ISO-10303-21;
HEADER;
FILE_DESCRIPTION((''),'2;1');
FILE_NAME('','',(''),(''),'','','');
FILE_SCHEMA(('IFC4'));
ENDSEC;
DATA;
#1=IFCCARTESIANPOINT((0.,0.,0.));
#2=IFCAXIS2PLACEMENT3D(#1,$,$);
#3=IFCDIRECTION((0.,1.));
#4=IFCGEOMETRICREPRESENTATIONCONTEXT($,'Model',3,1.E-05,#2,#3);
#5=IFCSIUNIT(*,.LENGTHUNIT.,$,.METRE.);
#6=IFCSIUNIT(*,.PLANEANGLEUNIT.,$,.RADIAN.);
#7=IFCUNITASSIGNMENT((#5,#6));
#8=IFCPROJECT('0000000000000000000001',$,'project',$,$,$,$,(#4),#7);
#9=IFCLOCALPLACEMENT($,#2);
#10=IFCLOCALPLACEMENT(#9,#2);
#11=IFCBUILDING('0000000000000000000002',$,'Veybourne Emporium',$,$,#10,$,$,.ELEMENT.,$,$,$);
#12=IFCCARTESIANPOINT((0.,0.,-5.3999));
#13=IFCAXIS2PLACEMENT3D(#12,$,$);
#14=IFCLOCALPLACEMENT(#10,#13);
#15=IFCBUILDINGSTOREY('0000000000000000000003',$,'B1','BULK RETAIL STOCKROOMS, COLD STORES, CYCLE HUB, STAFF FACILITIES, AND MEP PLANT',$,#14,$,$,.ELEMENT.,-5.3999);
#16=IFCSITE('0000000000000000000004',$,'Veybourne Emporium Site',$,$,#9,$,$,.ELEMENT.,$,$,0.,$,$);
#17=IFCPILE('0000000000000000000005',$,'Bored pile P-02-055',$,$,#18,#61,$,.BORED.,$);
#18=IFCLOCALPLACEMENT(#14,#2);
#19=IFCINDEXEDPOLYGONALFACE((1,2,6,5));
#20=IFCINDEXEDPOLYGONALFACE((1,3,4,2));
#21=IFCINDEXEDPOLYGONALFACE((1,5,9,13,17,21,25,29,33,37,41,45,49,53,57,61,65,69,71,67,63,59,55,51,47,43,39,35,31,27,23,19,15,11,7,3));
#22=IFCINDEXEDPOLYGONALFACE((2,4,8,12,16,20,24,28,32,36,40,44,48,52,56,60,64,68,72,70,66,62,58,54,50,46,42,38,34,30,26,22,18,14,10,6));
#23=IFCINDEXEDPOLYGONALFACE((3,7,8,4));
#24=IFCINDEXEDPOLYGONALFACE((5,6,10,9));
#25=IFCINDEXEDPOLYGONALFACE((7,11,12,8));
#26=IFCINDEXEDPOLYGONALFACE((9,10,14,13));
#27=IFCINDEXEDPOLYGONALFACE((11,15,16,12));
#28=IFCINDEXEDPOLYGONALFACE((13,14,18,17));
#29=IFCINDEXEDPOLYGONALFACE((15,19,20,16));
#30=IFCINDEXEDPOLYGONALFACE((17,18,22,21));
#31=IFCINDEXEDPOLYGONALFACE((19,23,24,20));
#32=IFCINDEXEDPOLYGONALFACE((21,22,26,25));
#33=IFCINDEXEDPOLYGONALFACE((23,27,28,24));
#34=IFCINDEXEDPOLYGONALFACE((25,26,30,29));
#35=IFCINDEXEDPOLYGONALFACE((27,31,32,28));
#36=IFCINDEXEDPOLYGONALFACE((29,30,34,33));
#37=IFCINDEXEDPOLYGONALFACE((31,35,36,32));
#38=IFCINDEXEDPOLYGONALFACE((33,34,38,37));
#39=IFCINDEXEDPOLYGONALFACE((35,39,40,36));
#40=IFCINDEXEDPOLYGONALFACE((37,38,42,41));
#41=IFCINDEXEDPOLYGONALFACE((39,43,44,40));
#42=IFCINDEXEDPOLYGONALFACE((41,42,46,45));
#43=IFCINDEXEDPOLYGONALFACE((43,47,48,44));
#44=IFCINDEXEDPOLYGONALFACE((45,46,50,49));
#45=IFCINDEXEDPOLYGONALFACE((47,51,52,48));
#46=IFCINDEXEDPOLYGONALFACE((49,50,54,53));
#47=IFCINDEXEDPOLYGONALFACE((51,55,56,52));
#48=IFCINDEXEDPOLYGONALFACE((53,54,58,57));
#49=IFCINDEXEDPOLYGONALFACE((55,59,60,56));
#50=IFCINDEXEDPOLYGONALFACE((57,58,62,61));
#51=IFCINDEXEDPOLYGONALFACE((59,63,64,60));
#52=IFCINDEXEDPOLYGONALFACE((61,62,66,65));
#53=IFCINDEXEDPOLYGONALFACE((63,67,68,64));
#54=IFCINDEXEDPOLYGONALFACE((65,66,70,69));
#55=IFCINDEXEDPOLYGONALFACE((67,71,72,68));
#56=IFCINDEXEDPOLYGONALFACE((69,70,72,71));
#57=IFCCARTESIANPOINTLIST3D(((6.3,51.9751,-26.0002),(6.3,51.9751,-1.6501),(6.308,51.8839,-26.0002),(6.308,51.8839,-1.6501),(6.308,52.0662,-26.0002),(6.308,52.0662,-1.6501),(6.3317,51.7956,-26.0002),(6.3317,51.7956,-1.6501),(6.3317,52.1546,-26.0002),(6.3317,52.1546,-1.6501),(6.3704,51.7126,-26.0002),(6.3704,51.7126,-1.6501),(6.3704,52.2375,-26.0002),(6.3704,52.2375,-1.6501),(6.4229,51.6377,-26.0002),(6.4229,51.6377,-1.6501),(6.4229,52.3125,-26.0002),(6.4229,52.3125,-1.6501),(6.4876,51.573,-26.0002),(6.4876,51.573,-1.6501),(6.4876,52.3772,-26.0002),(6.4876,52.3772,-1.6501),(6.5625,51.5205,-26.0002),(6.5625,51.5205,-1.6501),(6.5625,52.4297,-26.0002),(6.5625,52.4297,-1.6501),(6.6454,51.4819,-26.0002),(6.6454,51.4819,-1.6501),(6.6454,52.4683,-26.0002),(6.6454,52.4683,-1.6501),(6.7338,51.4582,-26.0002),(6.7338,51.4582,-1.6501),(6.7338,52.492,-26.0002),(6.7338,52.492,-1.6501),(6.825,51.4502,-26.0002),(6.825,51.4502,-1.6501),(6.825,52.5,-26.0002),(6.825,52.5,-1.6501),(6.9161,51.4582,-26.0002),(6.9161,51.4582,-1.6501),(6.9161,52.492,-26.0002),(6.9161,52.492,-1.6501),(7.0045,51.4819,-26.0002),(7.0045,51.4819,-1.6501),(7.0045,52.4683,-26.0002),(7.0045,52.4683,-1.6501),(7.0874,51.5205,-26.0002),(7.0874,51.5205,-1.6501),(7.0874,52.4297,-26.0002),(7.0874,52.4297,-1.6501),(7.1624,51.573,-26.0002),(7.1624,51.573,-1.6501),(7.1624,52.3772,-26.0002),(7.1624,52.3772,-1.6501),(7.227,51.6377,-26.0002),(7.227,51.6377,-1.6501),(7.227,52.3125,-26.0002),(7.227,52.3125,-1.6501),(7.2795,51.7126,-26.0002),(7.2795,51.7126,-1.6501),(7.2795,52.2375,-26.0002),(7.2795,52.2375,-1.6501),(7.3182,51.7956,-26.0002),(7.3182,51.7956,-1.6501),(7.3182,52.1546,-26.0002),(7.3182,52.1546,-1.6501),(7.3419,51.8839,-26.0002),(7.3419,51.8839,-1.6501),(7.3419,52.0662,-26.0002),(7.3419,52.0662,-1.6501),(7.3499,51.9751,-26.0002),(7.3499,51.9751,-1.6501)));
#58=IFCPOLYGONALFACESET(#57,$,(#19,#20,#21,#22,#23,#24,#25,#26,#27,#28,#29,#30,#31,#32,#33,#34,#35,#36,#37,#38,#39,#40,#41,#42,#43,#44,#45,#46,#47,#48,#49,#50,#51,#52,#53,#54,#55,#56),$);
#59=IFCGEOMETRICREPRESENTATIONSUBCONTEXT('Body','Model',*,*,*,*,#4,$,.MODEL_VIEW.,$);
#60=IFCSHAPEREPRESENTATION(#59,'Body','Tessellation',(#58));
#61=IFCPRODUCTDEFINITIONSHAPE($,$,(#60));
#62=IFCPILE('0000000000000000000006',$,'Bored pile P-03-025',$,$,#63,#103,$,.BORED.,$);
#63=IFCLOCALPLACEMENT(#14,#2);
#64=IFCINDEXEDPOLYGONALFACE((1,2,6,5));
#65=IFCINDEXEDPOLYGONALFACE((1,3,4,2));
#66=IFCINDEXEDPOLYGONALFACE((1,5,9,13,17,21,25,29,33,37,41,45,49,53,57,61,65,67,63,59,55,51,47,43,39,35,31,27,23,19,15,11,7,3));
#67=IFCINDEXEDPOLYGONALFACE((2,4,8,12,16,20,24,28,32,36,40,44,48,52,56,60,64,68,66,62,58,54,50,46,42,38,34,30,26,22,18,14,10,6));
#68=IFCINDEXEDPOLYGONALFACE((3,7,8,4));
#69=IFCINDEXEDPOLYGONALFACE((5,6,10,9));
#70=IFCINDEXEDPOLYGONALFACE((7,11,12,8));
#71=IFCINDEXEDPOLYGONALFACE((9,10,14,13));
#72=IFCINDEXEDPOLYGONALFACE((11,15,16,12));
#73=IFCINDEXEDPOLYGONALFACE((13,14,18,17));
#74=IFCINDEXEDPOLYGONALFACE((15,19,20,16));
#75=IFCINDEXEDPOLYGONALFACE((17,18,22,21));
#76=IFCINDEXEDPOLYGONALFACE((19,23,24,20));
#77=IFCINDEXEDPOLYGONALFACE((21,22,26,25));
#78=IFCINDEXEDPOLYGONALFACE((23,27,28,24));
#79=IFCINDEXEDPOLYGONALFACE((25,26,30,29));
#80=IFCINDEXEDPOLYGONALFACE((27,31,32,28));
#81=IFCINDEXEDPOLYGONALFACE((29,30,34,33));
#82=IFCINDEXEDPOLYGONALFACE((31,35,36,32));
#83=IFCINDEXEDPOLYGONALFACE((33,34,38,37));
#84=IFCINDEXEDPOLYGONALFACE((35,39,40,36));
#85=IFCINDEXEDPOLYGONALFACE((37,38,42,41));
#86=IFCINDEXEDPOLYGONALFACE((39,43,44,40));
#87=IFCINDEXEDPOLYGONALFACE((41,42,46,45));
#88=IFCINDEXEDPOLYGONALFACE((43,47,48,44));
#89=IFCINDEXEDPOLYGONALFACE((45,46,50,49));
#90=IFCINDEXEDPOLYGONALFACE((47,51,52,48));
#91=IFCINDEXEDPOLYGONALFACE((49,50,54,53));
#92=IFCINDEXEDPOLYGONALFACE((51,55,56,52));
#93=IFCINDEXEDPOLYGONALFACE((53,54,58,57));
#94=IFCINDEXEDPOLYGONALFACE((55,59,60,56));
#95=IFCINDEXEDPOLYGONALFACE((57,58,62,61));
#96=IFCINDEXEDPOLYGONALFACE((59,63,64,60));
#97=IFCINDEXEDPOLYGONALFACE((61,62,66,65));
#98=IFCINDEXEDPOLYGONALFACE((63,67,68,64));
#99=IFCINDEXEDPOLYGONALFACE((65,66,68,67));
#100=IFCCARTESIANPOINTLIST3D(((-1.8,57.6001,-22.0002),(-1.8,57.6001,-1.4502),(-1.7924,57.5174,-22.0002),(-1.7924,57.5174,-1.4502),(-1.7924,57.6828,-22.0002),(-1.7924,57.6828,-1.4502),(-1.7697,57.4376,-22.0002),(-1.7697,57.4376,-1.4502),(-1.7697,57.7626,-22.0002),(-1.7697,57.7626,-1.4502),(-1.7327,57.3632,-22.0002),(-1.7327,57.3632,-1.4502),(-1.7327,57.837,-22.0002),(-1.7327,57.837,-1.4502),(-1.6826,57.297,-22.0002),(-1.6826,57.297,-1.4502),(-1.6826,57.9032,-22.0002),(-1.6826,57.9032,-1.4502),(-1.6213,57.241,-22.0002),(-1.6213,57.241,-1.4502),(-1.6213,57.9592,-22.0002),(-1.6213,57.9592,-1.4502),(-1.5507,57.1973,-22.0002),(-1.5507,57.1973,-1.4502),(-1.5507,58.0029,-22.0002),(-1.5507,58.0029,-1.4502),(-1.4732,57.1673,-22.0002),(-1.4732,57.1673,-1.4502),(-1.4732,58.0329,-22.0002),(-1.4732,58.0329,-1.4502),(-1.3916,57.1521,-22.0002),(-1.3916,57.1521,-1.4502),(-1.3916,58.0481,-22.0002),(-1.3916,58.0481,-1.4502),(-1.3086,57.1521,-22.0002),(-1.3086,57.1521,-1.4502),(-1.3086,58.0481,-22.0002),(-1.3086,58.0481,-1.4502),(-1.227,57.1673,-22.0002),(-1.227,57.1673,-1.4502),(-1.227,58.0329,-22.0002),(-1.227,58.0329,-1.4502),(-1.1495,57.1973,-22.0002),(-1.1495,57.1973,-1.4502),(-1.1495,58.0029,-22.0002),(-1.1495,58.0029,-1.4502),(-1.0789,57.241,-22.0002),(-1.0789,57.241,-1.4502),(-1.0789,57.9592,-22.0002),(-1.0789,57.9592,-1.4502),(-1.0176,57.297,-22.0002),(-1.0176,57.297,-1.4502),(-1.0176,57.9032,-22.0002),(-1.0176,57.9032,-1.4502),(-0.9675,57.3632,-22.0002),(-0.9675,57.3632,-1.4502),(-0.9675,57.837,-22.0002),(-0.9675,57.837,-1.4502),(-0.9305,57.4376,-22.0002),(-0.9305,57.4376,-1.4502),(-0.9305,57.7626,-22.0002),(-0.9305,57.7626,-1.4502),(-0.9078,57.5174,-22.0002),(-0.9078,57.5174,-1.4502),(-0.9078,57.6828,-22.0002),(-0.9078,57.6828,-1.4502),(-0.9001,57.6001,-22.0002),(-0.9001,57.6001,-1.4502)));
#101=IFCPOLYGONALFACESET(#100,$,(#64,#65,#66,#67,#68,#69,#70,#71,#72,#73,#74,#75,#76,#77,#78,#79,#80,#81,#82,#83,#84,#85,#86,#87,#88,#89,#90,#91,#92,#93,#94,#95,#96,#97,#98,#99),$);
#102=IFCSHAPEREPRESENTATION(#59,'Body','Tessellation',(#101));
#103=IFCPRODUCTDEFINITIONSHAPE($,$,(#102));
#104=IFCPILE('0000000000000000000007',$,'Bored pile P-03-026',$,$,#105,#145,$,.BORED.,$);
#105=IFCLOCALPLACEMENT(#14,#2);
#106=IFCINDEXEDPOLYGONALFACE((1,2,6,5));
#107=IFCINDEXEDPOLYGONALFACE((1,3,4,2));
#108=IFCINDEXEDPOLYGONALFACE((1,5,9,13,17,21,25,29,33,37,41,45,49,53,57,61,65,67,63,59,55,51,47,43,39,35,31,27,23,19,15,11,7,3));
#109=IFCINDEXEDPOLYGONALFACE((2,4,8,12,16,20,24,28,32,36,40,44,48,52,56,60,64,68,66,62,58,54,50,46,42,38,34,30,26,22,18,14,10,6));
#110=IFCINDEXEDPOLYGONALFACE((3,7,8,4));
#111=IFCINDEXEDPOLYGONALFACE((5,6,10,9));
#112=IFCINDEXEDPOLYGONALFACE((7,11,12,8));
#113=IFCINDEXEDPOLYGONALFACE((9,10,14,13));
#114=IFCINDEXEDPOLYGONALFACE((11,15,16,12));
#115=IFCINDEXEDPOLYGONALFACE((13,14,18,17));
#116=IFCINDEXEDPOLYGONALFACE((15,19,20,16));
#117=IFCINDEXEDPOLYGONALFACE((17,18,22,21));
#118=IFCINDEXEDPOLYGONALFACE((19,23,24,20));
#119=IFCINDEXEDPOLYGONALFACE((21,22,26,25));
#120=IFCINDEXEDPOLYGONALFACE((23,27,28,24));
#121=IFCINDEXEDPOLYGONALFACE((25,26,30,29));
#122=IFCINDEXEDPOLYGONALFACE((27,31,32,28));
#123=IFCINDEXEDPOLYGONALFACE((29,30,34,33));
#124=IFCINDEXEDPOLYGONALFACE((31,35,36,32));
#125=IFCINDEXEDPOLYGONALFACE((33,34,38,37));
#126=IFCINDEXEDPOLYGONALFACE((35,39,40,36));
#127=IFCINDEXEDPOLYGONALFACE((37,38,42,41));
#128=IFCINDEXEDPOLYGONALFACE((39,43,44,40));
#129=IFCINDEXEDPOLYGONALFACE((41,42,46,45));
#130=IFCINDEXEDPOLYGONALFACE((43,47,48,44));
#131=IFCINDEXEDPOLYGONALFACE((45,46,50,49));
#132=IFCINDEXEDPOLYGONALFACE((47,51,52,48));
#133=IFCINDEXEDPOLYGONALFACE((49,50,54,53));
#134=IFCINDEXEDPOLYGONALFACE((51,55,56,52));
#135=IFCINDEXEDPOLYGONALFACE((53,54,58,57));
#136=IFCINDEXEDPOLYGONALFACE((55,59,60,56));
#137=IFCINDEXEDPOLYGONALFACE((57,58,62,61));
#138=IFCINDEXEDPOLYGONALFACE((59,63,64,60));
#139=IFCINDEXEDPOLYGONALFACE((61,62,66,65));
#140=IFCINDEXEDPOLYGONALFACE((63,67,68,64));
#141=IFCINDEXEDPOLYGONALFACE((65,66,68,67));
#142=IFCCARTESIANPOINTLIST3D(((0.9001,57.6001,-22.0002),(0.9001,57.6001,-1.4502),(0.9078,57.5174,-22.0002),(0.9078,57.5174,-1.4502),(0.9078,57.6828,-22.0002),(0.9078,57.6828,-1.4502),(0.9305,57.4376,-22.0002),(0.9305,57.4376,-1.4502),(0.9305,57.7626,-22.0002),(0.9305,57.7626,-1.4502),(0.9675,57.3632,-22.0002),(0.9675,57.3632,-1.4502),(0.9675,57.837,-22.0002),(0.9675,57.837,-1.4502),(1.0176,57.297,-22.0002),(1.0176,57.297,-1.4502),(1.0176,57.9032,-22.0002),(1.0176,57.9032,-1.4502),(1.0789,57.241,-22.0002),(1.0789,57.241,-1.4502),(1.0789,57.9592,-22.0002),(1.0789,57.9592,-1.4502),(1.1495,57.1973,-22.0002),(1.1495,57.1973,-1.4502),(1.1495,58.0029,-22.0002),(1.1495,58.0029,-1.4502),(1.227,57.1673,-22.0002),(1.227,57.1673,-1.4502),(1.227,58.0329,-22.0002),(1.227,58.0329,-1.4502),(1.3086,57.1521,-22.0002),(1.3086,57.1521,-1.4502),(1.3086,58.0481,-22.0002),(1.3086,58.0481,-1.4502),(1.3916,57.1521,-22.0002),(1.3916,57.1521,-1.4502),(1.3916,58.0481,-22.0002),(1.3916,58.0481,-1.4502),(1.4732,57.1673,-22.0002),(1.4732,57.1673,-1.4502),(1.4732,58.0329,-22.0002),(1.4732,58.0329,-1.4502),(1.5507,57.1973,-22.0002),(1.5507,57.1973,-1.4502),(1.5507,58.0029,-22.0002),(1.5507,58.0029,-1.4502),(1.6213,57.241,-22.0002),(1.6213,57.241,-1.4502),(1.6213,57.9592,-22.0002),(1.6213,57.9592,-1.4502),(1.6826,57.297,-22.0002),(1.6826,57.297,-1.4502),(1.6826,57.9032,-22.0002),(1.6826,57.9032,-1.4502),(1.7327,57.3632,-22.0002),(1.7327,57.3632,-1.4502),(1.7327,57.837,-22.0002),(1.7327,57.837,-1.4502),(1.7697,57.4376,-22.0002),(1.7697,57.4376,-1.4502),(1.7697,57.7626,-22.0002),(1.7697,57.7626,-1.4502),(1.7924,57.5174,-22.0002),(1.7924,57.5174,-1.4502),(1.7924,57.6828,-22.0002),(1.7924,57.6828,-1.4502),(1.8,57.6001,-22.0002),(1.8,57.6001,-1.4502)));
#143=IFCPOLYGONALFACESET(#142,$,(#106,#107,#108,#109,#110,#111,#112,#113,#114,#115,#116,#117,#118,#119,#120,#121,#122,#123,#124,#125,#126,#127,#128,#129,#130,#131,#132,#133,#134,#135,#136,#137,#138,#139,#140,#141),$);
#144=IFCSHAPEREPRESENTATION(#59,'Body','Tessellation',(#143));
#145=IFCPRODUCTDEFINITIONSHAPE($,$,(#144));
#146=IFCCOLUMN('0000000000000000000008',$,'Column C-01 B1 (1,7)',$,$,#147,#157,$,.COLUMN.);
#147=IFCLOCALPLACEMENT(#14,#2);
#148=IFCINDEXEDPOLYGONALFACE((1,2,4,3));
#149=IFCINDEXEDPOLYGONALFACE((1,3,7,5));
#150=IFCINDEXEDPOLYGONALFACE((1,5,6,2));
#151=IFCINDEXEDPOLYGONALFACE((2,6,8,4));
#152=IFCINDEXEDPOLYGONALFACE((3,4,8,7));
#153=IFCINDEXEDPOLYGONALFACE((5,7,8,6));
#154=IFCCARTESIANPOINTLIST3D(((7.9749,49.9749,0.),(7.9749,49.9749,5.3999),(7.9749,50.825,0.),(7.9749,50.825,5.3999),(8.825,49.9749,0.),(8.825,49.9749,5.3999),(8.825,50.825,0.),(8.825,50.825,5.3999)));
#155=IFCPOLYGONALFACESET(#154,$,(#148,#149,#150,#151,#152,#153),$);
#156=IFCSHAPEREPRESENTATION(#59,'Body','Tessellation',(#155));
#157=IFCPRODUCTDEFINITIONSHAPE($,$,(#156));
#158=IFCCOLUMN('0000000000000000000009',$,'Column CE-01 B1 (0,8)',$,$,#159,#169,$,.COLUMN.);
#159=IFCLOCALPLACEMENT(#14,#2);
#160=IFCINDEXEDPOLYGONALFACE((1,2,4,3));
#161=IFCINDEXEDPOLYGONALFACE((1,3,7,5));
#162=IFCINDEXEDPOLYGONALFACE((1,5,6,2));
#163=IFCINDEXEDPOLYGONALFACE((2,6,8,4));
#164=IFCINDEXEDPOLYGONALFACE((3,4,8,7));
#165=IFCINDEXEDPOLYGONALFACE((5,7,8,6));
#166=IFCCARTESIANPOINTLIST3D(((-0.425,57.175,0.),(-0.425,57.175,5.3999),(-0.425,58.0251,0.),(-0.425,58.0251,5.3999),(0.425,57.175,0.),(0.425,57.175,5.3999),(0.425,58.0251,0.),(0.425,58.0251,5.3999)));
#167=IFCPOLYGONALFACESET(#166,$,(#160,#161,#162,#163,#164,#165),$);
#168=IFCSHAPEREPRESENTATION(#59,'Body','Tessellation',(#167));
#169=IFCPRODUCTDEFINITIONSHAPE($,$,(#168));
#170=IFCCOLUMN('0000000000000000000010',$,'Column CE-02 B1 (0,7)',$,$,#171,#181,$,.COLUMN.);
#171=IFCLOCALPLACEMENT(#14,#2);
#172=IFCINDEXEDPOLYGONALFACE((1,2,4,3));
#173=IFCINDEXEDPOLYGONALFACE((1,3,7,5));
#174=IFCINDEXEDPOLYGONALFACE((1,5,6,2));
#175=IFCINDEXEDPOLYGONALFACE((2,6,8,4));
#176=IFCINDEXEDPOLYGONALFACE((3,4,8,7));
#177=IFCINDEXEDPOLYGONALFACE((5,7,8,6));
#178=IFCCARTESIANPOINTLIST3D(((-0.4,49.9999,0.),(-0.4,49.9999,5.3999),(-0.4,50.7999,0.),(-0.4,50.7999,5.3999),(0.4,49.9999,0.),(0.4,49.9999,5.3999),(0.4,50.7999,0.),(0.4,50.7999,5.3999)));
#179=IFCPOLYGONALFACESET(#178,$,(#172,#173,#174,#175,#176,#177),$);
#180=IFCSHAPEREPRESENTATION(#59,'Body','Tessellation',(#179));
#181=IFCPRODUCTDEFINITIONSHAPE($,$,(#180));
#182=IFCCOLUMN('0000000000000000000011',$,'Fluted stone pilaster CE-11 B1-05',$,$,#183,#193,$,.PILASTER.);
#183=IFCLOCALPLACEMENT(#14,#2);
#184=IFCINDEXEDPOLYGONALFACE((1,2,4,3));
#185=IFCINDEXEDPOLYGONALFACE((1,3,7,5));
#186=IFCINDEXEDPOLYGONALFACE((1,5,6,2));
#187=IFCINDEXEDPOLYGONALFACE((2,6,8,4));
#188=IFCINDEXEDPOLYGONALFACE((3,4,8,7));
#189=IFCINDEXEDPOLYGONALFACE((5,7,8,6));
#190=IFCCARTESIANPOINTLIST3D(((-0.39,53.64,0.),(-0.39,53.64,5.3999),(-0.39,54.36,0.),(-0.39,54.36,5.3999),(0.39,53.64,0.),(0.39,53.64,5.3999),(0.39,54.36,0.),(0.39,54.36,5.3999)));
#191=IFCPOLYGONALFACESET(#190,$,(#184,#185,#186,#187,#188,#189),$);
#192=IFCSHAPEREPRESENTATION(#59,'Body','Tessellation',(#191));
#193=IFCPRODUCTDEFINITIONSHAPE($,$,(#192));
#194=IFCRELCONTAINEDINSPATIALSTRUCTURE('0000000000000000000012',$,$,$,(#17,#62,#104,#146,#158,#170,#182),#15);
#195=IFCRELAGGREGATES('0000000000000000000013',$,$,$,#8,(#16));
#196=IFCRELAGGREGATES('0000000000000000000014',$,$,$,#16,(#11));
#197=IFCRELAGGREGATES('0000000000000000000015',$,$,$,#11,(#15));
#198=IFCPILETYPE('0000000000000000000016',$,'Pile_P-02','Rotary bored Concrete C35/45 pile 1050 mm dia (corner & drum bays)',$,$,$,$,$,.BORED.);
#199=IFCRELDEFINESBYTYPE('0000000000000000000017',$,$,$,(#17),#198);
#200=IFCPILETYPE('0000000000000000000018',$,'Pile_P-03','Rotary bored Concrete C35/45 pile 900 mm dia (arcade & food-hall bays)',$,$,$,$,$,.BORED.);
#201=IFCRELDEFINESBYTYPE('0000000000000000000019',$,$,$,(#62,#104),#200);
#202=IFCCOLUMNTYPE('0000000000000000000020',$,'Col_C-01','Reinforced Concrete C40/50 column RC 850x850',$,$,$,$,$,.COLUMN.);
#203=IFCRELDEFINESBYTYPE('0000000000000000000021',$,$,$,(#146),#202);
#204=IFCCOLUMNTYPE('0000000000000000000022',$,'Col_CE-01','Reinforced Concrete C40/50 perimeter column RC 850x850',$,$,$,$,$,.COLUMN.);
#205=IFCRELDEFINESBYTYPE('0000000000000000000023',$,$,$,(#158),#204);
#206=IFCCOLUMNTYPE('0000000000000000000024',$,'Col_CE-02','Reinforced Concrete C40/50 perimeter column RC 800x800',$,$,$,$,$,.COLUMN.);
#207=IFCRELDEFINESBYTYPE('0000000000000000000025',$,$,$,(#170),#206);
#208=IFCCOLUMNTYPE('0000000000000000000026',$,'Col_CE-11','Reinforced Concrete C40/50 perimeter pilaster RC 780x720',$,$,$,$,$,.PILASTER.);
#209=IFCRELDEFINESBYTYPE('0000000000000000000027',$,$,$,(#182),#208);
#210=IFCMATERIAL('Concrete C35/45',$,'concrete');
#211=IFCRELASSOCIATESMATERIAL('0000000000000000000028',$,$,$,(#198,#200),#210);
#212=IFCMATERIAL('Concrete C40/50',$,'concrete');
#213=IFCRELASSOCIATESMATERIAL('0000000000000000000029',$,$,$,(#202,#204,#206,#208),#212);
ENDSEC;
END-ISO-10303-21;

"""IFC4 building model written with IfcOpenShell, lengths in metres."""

from ifc_helpers import new_model, si_unit, direction, frame, origin, origin_2d, place, context, subcontext, project, spatial, rectangle, circle, extrude, material, material_profile, profile_set, type_object, element, save


model = new_model("IFC4")

# Units and contexts
model_context = context("Model", 3, precision=1e-05, world=origin(), true_north=direction((0.0, 1.0)))
body_context = subcontext(model_context, "Body", "Model", "MODEL_VIEW")
ifc_project = project(units=[si_unit("LENGTHUNIT", "METRE"), si_unit("PLANEANGLEUNIT", "RADIAN")], contexts=[model_context])

# Site, building, storey
site_placement = place(None, origin())
site = spatial("IfcSite", under=ifc_project, at=site_placement, Name="Veybourne Emporium Site", CompositionType="ELEMENT", RefElevation=0.0)
building_placement = place(site_placement, origin())
building = spatial("IfcBuilding", under=site, at=building_placement, Name="Veybourne Emporium", CompositionType="ELEMENT")
storey_placement = place(building_placement, frame((0.0, 0.0, -5.3999)))
storey = spatial("IfcBuildingStorey", under=building, at=storey_placement, Name="B1", Description="BULK RETAIL STOCKROOMS, COLD STORES, CYCLE HUB, STAFF FACILITIES, AND MEP PLANT", CompositionType="ELEMENT", Elevation=-5.3999)

# Shared definitions
ifc_material_1 = material(Name="Concrete C35/45", Category="concrete")

# Piles
ifc_material_profile_1 = material_profile(ifc_material_1, circle(Radius=0.5249, at=origin_2d()), Name="BORED PILE 1050")
ifc_profile_set_1 = profile_set([ifc_material_profile_1], Name="Concrete C35/45")
pile_type_1 = type_object("IfcPileType", Name="Pile_P-02", Description="Rotary bored Concrete C35/45 pile 1050 mm dia (corner & drum bays)", PredefinedType="BORED", material=ifc_profile_set_1)
for number, where, z_axis, x_axis, name in (
    (1, (6.825, 51.9751, -1.6501), (0.0, 0.0, -1.0), (1.0, 0.0, 0.0), "Bored pile P-02-055"),
):
    element("IfcPile", number, at=place(storey_placement, frame(where, z_axis=z_axis, x_axis=x_axis)), inside=storey, type_object=pile_type_1, Name=name, PredefinedType="BORED", context=body_context, shape_type="SweptSolid", body=[
        extrude(circle(Radius=0.5249, at=origin_2d()), origin(), (0.0, 0.0, 1.0), 24.3501),
    ])
ifc_material_profile_2 = material_profile(ifc_material_1, circle(Radius=0.45, at=origin_2d()), Name="BORED PILE 900")
ifc_profile_set_2 = profile_set([ifc_material_profile_2], Name="Concrete C35/45")
pile_type_2 = type_object("IfcPileType", Name="Pile_P-03", Description="Rotary bored Concrete C35/45 pile 900 mm dia (arcade & food-hall bays)", PredefinedType="BORED", material=ifc_profile_set_2)
for number, where, z_axis, x_axis, name in (
    (2, (-1.3501, 57.6001, -1.4502), (0.0, 0.0, -1.0), (1.0, 0.0, 0.0), "Bored pile P-03-025"),
    (3, (1.3501, 57.6001, -1.4502), (0.0, 0.0, -1.0), (1.0, 0.0, 0.0), "Bored pile P-03-026"),
):
    element("IfcPile", number, at=place(storey_placement, frame(where, z_axis=z_axis, x_axis=x_axis)), inside=storey, type_object=pile_type_2, Name=name, PredefinedType="BORED", context=body_context, shape_type="SweptSolid", body=[
        extrude(circle(Radius=0.45, at=origin_2d()), origin(), (0.0, 0.0, 1.0), 20.55),
    ])

# Columns
ifc_material_2 = material(Name="Concrete C40/50", Category="concrete")
ifc_material_profile_3 = material_profile(ifc_material_2, rectangle(XDim=0.8501, YDim=0.8501, at=origin_2d()), Name="RC 850x850")
ifc_profile_set_3 = profile_set([ifc_material_profile_3], Name="Concrete C40/50")
column_type_1 = type_object("IfcColumnType", Name="Col_C-01", Description="Reinforced Concrete C40/50 column RC 850x850", PredefinedType="COLUMN", material=ifc_profile_set_3)
column_1_placement = place(storey_placement, frame((8.3999, 50.3999, 0.0), z_axis=(0.0, 0.0, 1.0), x_axis=(1.0, 0.0, 0.0)))
element("IfcColumn", 4, at=column_1_placement, inside=storey, type_object=column_type_1, Name="Column C-01 B1 (1,7)", PredefinedType="COLUMN", context=body_context, shape_type="SweptSolid", body=[
    extrude(rectangle(XDim=0.8501, YDim=0.8501, at=origin_2d()), origin(), (0.0, 0.0, 1.0), 5.3999),
])
ifc_material_profile_4 = material_profile(ifc_material_2, rectangle(XDim=0.8501, YDim=0.8501, at=origin_2d()), Name="RC 850x850")
ifc_profile_set_4 = profile_set([ifc_material_profile_4], Name="Concrete C40/50")
column_type_2 = type_object("IfcColumnType", Name="Col_CE-01", Description="Reinforced Concrete C40/50 perimeter column RC 850x850", PredefinedType="COLUMN", material=ifc_profile_set_4)
column_2_placement = place(storey_placement, frame((0.0, 57.6001, 0.0), z_axis=(0.0, 0.0, 1.0), x_axis=(1.0, 0.0, 0.0)))
element("IfcColumn", 5, at=column_2_placement, inside=storey, type_object=column_type_2, Name="Column CE-01 B1 (0,8)", PredefinedType="COLUMN", context=body_context, shape_type="SweptSolid", body=[
    extrude(rectangle(XDim=0.8501, YDim=0.8501, at=origin_2d()), origin(), (0.0, 0.0, 1.0), 5.3999),
])
ifc_material_profile_5 = material_profile(ifc_material_2, rectangle(XDim=0.8, YDim=0.8, at=origin_2d()), Name="RC 800x800")
ifc_profile_set_5 = profile_set([ifc_material_profile_5], Name="Concrete C40/50")
column_type_3 = type_object("IfcColumnType", Name="Col_CE-02", Description="Reinforced Concrete C40/50 perimeter column RC 800x800", PredefinedType="COLUMN", material=ifc_profile_set_5)
column_3_placement = place(storey_placement, frame((0.0, 50.3999, 0.0), z_axis=(0.0, 0.0, 1.0), x_axis=(1.0, 0.0, 0.0)))
element("IfcColumn", 6, at=column_3_placement, inside=storey, type_object=column_type_3, Name="Column CE-02 B1 (0,7)", PredefinedType="COLUMN", context=body_context, shape_type="SweptSolid", body=[
    extrude(rectangle(XDim=0.8, YDim=0.8, at=origin_2d()), origin(), (0.0, 0.0, 1.0), 5.3999),
])
ifc_material_profile_6 = material_profile(ifc_material_2, rectangle(XDim=0.78, YDim=0.72, at=origin_2d()), Name="RC 780x720")
ifc_profile_set_6 = profile_set([ifc_material_profile_6], Name="Concrete C40/50")
column_type_4 = type_object("IfcColumnType", Name="Col_CE-11", Description="Reinforced Concrete C40/50 perimeter pilaster RC 780x720", PredefinedType="PILASTER", material=ifc_profile_set_6)
column_4_placement = place(storey_placement, frame((0.0, 54.0, 0.0), z_axis=(0.0, 0.0, 1.0), x_axis=(1.0, 0.0, 0.0)))
element("IfcColumn", 7, at=column_4_placement, inside=storey, type_object=column_type_4, Name="Fluted stone pilaster CE-11 B1-05", PredefinedType="PILASTER", context=body_context, shape_type="SweptSolid", body=[
    extrude(rectangle(XDim=0.78, YDim=0.72, at=origin_2d()), origin(), (0.0, 0.0, 1.0), 5.3999),
])

save(model, "model.ifc")
